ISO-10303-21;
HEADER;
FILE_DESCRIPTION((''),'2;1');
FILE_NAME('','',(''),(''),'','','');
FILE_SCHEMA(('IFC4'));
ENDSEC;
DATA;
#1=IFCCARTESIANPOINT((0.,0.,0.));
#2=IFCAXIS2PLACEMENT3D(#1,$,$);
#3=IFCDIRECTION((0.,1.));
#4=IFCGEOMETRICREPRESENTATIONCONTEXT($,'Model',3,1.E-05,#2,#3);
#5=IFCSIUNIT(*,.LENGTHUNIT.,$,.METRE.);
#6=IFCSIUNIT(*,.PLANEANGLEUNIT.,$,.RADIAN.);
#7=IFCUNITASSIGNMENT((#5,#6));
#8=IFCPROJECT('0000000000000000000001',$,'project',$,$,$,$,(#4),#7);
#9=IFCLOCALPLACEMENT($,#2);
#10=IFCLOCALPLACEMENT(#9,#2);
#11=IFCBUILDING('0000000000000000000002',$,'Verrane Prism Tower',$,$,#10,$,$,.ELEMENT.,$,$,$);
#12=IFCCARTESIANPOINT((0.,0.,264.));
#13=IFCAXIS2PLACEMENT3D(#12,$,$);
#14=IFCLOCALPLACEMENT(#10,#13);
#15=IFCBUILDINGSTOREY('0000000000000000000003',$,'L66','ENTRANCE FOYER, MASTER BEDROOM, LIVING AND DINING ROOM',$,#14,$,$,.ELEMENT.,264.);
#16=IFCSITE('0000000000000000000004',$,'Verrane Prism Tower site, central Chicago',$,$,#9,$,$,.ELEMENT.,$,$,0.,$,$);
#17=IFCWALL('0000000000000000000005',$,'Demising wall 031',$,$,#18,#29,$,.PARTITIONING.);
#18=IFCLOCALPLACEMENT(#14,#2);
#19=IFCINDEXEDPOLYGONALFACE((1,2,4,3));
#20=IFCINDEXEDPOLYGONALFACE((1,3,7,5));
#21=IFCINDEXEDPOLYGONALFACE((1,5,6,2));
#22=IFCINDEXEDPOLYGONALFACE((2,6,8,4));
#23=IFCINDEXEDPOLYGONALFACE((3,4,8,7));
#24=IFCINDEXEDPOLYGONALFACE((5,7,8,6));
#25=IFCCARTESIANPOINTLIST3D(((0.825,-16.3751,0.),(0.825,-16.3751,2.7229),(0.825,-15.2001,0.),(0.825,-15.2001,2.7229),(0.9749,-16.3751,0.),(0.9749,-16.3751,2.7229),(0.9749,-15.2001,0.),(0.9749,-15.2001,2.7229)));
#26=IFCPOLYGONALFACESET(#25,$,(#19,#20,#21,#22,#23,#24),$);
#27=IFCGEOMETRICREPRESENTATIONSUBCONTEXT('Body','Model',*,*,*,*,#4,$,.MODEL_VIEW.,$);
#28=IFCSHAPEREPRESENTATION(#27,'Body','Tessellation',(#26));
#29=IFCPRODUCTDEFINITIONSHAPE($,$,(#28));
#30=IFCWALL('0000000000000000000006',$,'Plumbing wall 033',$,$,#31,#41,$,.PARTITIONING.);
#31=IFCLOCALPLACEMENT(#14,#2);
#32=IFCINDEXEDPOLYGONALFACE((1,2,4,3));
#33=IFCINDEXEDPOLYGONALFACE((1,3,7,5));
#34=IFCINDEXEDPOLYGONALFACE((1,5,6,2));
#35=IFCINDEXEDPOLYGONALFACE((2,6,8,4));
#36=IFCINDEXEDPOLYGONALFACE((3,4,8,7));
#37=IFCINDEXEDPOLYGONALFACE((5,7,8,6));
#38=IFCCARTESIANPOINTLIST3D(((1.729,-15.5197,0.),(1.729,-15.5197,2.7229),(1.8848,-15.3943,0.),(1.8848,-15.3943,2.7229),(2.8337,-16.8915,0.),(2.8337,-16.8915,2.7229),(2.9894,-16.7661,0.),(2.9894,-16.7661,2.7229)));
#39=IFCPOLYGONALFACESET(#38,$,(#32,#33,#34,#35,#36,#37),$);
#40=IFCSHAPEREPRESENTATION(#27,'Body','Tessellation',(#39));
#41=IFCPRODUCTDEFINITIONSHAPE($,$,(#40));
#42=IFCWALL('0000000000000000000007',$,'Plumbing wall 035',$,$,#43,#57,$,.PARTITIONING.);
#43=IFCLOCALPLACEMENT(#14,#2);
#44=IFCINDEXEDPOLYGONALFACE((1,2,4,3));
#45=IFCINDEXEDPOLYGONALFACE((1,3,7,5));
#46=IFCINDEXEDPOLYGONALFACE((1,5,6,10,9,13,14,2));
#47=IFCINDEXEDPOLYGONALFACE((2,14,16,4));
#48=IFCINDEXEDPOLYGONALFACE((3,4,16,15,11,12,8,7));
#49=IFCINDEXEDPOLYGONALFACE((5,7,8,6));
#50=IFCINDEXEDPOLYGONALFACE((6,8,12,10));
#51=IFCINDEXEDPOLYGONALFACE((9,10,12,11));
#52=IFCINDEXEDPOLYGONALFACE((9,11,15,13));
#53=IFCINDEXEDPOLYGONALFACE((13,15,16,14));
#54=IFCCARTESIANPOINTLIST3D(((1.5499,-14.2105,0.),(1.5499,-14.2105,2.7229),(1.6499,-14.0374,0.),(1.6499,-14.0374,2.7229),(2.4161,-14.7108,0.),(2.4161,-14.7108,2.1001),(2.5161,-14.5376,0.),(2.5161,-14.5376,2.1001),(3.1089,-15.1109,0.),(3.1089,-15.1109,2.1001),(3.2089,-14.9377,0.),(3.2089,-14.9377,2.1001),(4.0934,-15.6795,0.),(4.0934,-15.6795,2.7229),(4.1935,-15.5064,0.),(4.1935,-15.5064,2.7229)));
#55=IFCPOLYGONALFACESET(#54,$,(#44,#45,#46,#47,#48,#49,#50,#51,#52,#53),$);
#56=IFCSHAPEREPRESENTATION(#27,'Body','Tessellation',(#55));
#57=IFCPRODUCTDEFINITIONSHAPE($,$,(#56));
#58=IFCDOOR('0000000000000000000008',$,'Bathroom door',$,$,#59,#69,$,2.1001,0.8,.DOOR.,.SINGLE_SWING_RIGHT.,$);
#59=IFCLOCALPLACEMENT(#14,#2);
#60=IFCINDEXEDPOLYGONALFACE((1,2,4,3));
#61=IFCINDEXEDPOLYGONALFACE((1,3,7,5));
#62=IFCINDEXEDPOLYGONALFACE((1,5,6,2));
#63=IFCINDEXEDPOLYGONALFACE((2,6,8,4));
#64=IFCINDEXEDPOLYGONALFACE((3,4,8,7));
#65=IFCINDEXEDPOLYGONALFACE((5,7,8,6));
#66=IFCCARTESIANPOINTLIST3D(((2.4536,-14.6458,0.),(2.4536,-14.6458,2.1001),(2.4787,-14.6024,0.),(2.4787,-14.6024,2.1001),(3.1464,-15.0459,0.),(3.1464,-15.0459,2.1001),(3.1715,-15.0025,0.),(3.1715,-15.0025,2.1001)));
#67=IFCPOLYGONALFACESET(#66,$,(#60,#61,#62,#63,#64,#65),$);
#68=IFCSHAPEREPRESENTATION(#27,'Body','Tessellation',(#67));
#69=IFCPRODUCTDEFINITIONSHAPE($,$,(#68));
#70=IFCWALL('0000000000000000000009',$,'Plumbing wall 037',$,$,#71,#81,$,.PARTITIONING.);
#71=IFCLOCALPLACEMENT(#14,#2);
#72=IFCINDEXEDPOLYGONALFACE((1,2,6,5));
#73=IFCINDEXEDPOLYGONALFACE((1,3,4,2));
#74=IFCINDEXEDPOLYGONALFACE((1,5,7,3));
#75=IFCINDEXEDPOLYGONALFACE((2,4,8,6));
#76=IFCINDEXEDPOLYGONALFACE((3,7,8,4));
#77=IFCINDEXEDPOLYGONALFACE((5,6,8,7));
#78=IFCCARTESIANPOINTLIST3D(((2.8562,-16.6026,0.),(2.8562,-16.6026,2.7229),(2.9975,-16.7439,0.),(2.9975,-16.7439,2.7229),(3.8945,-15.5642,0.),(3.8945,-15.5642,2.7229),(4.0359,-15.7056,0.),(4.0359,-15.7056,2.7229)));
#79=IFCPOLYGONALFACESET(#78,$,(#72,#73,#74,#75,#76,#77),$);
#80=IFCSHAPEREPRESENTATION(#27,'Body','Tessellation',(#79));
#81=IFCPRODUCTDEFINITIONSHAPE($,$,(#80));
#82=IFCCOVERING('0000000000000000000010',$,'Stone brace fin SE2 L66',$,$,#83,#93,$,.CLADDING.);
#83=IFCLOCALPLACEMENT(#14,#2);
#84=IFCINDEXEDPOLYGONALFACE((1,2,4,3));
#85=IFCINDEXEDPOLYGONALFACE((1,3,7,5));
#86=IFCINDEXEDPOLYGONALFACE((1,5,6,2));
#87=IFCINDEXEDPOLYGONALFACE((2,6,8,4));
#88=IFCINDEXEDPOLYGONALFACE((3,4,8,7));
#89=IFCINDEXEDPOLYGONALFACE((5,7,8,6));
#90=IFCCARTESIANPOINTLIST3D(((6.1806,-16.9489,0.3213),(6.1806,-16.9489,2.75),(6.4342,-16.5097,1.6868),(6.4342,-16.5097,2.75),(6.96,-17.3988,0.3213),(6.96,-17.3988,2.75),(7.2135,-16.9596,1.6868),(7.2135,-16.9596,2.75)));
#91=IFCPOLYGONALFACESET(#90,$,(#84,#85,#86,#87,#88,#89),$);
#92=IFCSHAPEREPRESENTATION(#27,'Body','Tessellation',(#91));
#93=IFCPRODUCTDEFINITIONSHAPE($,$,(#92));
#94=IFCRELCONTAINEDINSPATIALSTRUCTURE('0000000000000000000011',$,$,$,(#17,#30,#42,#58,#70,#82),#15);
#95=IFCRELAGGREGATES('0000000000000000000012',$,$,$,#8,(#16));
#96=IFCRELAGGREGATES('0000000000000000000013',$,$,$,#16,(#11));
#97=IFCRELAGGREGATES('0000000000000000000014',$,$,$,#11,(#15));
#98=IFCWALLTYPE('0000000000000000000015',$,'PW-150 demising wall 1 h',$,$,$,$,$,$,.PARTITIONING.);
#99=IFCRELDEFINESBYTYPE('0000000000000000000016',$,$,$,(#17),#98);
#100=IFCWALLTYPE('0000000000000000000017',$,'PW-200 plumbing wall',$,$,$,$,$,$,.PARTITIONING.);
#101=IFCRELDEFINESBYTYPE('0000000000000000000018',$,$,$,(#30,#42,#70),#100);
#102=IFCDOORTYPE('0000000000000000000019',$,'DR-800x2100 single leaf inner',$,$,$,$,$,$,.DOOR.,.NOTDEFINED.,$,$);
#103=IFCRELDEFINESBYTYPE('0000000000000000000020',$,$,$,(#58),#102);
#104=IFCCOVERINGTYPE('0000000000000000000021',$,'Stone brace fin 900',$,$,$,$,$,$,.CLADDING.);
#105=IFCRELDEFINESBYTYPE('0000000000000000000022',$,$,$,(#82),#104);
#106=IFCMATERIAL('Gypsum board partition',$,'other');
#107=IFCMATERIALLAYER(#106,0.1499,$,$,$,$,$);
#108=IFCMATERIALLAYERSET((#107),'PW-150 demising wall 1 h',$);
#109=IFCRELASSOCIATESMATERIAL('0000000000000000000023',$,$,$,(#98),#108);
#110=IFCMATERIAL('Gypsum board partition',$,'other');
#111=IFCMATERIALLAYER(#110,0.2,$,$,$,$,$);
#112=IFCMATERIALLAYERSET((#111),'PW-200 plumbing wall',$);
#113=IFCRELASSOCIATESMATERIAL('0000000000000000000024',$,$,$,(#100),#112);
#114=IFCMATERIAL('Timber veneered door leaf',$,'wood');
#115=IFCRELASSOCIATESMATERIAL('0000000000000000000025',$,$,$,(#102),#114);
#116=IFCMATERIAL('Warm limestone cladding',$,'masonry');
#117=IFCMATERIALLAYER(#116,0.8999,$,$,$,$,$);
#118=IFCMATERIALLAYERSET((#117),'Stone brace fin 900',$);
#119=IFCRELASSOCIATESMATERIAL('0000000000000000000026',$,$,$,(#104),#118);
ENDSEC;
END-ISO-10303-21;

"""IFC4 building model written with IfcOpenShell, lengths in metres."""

from ifc_helpers import new_model, si_unit, direction, frame, frame_2d, origin, place, context, subcontext, project, spatial, polyline, rectangle, outline, extrude, material, layer, layer_set, type_object, element, fill, save


model = new_model("IFC4")

# Units and contexts
model_context = context("Model", 3, precision=1e-05, world=origin(), true_north=direction((0.0, 1.0)))
body_context = subcontext(model_context, "Body", "Model", "MODEL_VIEW")
ifc_project = project(units=[si_unit("LENGTHUNIT", "METRE"), si_unit("PLANEANGLEUNIT", "RADIAN")], contexts=[model_context])

# Site, building, storey
site_placement = place(None, origin())
site = spatial("IfcSite", under=ifc_project, at=site_placement, Name="Verrane Prism Tower site, central Chicago", CompositionType="ELEMENT", RefElevation=0.0)
building_placement = place(site_placement, origin())
building = spatial("IfcBuilding", under=site, at=building_placement, Name="Verrane Prism Tower", CompositionType="ELEMENT")
storey_placement = place(building_placement, frame((0.0, 0.0, 264.0)))
storey = spatial("IfcBuildingStorey", under=building, at=storey_placement, Name="L66", Description="ENTRANCE FOYER, MASTER BEDROOM, LIVING AND DINING ROOM", CompositionType="ELEMENT", Elevation=264.0)

# Walls
ifc_material_1 = material(Name="Gypsum board partition", Category="other")
ifc_layer_1 = layer(ifc_material_1, 0.1499)
ifc_layer_set_1 = layer_set([ifc_layer_1], Name="PW-150 demising wall 1 h")
wall_type_1 = type_object("IfcWallType", Name="PW-150 demising wall 1 h", PredefinedType="PARTITIONING", material=ifc_layer_set_1)
wall_1_placement = place(storey_placement, frame((0.8999, -16.375, 0.0), z_axis=(0.0, 0.0, 1.0), x_axis=(0.0, 1.0, 0.0)))
element("IfcWall", 1, at=wall_1_placement, inside=storey, type_object=wall_type_1, Name="Demising wall 031", PredefinedType="PARTITIONING", context=body_context, shape_type="SweptSolid", body=[
    extrude(rectangle(XDim=1.175, YDim=0.1499, at=frame_2d((0.5874, 0.0))), origin(), (0.0, 0.0, 1.0), 2.7229),
])
ifc_material_2 = material(Name="Gypsum board partition", Category="other")
ifc_layer_2 = layer(ifc_material_2, 0.2)
ifc_layer_set_2 = layer_set([ifc_layer_2], Name="PW-200 plumbing wall")
wall_type_2 = type_object("IfcWallType", Name="PW-200 plumbing wall", PredefinedType="PARTITIONING", material=ifc_layer_set_2)
wall_2_placement = place(storey_placement, frame((1.8069, -15.457, 0.0), z_axis=(0.0, 0.0, 1.0), x_axis=(0.62721, -0.77885, 0.0)))
element("IfcWall", 2, at=wall_2_placement, inside=storey, type_object=wall_type_2, Name="Plumbing wall 033", PredefinedType="PARTITIONING", context=body_context, shape_type="SweptSolid", body=[
    extrude(rectangle(XDim=1.7612, YDim=0.2, at=frame_2d((0.8806, 0.0))), origin(), (0.0, 0.0, 1.0), 2.7229),
])

# Wall, opening, door
wall_3_placement = place(storey_placement, frame((4.1436, -15.593, 0.0), z_axis=(0.0, 0.0, 1.0), x_axis=(-0.865947, 0.500135, 0.0)))
wall_3 = element("IfcWall", 3, at=wall_3_placement, inside=storey, type_object=wall_type_2, Name="Plumbing wall 035", PredefinedType="PARTITIONING", context=body_context, shape_type="SweptSolid", body=[
    extrude(rectangle(XDim=2.9373, YDim=0.2, at=frame_2d((1.4688, 0.0))), origin(), (0.0, 0.0, 1.0), 2.7229),
])
opening_1_placement = place(wall_3_placement, frame((1.1372, 0.0, 0.0)))
opening_1 = element("IfcOpeningElement", 4, at=opening_1_placement, cuts=wall_3, PredefinedType="OPENING", context=body_context, shape_type="SweptSolid", body=[
    extrude(rectangle(XDim=0.8, YDim=2.1001, at=frame_2d((0.3999, 1.05))), frame((0.0, 0.1099, 0.0), z_axis=(0.0, -1.0, 0.0), x_axis=(1.0, 0.0, 0.0)), (0.0, 0.0, 1.0), 0.22),
])
ifc_material_3 = material(Name="Timber veneered door leaf", Category="wood")
door_type_1 = type_object("IfcDoorType", Name="DR-800x2100 single leaf inner", OperationType="NOTDEFINED", PredefinedType="DOOR", material=ifc_material_3)
door_1_placement = place(opening_1_placement, origin())
door_1 = element("IfcDoor", 5, at=door_1_placement, inside=storey, type_object=door_type_1, Name="Bathroom door", OperationType="SINGLE_SWING_RIGHT", OverallHeight=2.1001, OverallWidth=0.8, PredefinedType="DOOR", context=body_context, shape_type="SweptSolid", body=[
    extrude(rectangle(XDim=0.8, YDim=2.1001, at=frame_2d((0.3999, 1.05))), frame((0.0, 0.0249, 0.0), z_axis=(0.0, -1.0, 0.0), x_axis=(1.0, 0.0, 0.0)), (0.0, 0.0, 1.0), 0.05),
])
fill(opening_1, door_1)

# Wall
wall_4_placement = place(storey_placement, frame((2.9268, -16.6733, 0.0), z_axis=(0.0, 0.0, 1.0), x_axis=(0.707107, 0.707107, 0.0)))
element("IfcWall", 6, at=wall_4_placement, inside=storey, type_object=wall_type_2, Name="Plumbing wall 037", PredefinedType="PARTITIONING", context=body_context, shape_type="SweptSolid", body=[
    extrude(rectangle(XDim=1.4685, YDim=0.2, at=frame_2d((0.7344, 0.0))), origin(), (0.0, 0.0, 1.0), 2.7229),
])

# Covering
ifc_material_4 = material(Name="Warm limestone cladding", Category="masonry")
ifc_layer_3 = layer(ifc_material_4, 0.8999)
ifc_layer_set_3 = layer_set([ifc_layer_3], Name="Stone brace fin 900")
covering_type = type_object("IfcCoveringType", Name="Stone brace fin 900", PredefinedType="CLADDING", material=ifc_layer_set_3)
covering_placement = place(storey_placement, frame((6.5703, -17.1738, 0.3213), z_axis=(0.0, 0.0, 1.0), x_axis=(0.499973, 0.866041, 0.0)))
element("IfcCovering", 7, at=covering_placement, inside=storey, type_object=covering_type, Name="Stone brace fin SE2 L66", PredefinedType="CLADDING", context=body_context, shape_type="SweptSolid", body=[
    extrude(outline(polyline([(0.5071, 2.4287), (0.0, 2.4287), (0.0, 0.0), (0.5071, 1.3655), (0.5071, 2.4287)])), frame((0.0, 0.45, 0.0), z_axis=(0.0, -1.0, 0.0), x_axis=(1.0, 0.0, 0.0)), (0.0, 0.0, 1.0), 0.8999),
])

save(model, "model.ifc")
